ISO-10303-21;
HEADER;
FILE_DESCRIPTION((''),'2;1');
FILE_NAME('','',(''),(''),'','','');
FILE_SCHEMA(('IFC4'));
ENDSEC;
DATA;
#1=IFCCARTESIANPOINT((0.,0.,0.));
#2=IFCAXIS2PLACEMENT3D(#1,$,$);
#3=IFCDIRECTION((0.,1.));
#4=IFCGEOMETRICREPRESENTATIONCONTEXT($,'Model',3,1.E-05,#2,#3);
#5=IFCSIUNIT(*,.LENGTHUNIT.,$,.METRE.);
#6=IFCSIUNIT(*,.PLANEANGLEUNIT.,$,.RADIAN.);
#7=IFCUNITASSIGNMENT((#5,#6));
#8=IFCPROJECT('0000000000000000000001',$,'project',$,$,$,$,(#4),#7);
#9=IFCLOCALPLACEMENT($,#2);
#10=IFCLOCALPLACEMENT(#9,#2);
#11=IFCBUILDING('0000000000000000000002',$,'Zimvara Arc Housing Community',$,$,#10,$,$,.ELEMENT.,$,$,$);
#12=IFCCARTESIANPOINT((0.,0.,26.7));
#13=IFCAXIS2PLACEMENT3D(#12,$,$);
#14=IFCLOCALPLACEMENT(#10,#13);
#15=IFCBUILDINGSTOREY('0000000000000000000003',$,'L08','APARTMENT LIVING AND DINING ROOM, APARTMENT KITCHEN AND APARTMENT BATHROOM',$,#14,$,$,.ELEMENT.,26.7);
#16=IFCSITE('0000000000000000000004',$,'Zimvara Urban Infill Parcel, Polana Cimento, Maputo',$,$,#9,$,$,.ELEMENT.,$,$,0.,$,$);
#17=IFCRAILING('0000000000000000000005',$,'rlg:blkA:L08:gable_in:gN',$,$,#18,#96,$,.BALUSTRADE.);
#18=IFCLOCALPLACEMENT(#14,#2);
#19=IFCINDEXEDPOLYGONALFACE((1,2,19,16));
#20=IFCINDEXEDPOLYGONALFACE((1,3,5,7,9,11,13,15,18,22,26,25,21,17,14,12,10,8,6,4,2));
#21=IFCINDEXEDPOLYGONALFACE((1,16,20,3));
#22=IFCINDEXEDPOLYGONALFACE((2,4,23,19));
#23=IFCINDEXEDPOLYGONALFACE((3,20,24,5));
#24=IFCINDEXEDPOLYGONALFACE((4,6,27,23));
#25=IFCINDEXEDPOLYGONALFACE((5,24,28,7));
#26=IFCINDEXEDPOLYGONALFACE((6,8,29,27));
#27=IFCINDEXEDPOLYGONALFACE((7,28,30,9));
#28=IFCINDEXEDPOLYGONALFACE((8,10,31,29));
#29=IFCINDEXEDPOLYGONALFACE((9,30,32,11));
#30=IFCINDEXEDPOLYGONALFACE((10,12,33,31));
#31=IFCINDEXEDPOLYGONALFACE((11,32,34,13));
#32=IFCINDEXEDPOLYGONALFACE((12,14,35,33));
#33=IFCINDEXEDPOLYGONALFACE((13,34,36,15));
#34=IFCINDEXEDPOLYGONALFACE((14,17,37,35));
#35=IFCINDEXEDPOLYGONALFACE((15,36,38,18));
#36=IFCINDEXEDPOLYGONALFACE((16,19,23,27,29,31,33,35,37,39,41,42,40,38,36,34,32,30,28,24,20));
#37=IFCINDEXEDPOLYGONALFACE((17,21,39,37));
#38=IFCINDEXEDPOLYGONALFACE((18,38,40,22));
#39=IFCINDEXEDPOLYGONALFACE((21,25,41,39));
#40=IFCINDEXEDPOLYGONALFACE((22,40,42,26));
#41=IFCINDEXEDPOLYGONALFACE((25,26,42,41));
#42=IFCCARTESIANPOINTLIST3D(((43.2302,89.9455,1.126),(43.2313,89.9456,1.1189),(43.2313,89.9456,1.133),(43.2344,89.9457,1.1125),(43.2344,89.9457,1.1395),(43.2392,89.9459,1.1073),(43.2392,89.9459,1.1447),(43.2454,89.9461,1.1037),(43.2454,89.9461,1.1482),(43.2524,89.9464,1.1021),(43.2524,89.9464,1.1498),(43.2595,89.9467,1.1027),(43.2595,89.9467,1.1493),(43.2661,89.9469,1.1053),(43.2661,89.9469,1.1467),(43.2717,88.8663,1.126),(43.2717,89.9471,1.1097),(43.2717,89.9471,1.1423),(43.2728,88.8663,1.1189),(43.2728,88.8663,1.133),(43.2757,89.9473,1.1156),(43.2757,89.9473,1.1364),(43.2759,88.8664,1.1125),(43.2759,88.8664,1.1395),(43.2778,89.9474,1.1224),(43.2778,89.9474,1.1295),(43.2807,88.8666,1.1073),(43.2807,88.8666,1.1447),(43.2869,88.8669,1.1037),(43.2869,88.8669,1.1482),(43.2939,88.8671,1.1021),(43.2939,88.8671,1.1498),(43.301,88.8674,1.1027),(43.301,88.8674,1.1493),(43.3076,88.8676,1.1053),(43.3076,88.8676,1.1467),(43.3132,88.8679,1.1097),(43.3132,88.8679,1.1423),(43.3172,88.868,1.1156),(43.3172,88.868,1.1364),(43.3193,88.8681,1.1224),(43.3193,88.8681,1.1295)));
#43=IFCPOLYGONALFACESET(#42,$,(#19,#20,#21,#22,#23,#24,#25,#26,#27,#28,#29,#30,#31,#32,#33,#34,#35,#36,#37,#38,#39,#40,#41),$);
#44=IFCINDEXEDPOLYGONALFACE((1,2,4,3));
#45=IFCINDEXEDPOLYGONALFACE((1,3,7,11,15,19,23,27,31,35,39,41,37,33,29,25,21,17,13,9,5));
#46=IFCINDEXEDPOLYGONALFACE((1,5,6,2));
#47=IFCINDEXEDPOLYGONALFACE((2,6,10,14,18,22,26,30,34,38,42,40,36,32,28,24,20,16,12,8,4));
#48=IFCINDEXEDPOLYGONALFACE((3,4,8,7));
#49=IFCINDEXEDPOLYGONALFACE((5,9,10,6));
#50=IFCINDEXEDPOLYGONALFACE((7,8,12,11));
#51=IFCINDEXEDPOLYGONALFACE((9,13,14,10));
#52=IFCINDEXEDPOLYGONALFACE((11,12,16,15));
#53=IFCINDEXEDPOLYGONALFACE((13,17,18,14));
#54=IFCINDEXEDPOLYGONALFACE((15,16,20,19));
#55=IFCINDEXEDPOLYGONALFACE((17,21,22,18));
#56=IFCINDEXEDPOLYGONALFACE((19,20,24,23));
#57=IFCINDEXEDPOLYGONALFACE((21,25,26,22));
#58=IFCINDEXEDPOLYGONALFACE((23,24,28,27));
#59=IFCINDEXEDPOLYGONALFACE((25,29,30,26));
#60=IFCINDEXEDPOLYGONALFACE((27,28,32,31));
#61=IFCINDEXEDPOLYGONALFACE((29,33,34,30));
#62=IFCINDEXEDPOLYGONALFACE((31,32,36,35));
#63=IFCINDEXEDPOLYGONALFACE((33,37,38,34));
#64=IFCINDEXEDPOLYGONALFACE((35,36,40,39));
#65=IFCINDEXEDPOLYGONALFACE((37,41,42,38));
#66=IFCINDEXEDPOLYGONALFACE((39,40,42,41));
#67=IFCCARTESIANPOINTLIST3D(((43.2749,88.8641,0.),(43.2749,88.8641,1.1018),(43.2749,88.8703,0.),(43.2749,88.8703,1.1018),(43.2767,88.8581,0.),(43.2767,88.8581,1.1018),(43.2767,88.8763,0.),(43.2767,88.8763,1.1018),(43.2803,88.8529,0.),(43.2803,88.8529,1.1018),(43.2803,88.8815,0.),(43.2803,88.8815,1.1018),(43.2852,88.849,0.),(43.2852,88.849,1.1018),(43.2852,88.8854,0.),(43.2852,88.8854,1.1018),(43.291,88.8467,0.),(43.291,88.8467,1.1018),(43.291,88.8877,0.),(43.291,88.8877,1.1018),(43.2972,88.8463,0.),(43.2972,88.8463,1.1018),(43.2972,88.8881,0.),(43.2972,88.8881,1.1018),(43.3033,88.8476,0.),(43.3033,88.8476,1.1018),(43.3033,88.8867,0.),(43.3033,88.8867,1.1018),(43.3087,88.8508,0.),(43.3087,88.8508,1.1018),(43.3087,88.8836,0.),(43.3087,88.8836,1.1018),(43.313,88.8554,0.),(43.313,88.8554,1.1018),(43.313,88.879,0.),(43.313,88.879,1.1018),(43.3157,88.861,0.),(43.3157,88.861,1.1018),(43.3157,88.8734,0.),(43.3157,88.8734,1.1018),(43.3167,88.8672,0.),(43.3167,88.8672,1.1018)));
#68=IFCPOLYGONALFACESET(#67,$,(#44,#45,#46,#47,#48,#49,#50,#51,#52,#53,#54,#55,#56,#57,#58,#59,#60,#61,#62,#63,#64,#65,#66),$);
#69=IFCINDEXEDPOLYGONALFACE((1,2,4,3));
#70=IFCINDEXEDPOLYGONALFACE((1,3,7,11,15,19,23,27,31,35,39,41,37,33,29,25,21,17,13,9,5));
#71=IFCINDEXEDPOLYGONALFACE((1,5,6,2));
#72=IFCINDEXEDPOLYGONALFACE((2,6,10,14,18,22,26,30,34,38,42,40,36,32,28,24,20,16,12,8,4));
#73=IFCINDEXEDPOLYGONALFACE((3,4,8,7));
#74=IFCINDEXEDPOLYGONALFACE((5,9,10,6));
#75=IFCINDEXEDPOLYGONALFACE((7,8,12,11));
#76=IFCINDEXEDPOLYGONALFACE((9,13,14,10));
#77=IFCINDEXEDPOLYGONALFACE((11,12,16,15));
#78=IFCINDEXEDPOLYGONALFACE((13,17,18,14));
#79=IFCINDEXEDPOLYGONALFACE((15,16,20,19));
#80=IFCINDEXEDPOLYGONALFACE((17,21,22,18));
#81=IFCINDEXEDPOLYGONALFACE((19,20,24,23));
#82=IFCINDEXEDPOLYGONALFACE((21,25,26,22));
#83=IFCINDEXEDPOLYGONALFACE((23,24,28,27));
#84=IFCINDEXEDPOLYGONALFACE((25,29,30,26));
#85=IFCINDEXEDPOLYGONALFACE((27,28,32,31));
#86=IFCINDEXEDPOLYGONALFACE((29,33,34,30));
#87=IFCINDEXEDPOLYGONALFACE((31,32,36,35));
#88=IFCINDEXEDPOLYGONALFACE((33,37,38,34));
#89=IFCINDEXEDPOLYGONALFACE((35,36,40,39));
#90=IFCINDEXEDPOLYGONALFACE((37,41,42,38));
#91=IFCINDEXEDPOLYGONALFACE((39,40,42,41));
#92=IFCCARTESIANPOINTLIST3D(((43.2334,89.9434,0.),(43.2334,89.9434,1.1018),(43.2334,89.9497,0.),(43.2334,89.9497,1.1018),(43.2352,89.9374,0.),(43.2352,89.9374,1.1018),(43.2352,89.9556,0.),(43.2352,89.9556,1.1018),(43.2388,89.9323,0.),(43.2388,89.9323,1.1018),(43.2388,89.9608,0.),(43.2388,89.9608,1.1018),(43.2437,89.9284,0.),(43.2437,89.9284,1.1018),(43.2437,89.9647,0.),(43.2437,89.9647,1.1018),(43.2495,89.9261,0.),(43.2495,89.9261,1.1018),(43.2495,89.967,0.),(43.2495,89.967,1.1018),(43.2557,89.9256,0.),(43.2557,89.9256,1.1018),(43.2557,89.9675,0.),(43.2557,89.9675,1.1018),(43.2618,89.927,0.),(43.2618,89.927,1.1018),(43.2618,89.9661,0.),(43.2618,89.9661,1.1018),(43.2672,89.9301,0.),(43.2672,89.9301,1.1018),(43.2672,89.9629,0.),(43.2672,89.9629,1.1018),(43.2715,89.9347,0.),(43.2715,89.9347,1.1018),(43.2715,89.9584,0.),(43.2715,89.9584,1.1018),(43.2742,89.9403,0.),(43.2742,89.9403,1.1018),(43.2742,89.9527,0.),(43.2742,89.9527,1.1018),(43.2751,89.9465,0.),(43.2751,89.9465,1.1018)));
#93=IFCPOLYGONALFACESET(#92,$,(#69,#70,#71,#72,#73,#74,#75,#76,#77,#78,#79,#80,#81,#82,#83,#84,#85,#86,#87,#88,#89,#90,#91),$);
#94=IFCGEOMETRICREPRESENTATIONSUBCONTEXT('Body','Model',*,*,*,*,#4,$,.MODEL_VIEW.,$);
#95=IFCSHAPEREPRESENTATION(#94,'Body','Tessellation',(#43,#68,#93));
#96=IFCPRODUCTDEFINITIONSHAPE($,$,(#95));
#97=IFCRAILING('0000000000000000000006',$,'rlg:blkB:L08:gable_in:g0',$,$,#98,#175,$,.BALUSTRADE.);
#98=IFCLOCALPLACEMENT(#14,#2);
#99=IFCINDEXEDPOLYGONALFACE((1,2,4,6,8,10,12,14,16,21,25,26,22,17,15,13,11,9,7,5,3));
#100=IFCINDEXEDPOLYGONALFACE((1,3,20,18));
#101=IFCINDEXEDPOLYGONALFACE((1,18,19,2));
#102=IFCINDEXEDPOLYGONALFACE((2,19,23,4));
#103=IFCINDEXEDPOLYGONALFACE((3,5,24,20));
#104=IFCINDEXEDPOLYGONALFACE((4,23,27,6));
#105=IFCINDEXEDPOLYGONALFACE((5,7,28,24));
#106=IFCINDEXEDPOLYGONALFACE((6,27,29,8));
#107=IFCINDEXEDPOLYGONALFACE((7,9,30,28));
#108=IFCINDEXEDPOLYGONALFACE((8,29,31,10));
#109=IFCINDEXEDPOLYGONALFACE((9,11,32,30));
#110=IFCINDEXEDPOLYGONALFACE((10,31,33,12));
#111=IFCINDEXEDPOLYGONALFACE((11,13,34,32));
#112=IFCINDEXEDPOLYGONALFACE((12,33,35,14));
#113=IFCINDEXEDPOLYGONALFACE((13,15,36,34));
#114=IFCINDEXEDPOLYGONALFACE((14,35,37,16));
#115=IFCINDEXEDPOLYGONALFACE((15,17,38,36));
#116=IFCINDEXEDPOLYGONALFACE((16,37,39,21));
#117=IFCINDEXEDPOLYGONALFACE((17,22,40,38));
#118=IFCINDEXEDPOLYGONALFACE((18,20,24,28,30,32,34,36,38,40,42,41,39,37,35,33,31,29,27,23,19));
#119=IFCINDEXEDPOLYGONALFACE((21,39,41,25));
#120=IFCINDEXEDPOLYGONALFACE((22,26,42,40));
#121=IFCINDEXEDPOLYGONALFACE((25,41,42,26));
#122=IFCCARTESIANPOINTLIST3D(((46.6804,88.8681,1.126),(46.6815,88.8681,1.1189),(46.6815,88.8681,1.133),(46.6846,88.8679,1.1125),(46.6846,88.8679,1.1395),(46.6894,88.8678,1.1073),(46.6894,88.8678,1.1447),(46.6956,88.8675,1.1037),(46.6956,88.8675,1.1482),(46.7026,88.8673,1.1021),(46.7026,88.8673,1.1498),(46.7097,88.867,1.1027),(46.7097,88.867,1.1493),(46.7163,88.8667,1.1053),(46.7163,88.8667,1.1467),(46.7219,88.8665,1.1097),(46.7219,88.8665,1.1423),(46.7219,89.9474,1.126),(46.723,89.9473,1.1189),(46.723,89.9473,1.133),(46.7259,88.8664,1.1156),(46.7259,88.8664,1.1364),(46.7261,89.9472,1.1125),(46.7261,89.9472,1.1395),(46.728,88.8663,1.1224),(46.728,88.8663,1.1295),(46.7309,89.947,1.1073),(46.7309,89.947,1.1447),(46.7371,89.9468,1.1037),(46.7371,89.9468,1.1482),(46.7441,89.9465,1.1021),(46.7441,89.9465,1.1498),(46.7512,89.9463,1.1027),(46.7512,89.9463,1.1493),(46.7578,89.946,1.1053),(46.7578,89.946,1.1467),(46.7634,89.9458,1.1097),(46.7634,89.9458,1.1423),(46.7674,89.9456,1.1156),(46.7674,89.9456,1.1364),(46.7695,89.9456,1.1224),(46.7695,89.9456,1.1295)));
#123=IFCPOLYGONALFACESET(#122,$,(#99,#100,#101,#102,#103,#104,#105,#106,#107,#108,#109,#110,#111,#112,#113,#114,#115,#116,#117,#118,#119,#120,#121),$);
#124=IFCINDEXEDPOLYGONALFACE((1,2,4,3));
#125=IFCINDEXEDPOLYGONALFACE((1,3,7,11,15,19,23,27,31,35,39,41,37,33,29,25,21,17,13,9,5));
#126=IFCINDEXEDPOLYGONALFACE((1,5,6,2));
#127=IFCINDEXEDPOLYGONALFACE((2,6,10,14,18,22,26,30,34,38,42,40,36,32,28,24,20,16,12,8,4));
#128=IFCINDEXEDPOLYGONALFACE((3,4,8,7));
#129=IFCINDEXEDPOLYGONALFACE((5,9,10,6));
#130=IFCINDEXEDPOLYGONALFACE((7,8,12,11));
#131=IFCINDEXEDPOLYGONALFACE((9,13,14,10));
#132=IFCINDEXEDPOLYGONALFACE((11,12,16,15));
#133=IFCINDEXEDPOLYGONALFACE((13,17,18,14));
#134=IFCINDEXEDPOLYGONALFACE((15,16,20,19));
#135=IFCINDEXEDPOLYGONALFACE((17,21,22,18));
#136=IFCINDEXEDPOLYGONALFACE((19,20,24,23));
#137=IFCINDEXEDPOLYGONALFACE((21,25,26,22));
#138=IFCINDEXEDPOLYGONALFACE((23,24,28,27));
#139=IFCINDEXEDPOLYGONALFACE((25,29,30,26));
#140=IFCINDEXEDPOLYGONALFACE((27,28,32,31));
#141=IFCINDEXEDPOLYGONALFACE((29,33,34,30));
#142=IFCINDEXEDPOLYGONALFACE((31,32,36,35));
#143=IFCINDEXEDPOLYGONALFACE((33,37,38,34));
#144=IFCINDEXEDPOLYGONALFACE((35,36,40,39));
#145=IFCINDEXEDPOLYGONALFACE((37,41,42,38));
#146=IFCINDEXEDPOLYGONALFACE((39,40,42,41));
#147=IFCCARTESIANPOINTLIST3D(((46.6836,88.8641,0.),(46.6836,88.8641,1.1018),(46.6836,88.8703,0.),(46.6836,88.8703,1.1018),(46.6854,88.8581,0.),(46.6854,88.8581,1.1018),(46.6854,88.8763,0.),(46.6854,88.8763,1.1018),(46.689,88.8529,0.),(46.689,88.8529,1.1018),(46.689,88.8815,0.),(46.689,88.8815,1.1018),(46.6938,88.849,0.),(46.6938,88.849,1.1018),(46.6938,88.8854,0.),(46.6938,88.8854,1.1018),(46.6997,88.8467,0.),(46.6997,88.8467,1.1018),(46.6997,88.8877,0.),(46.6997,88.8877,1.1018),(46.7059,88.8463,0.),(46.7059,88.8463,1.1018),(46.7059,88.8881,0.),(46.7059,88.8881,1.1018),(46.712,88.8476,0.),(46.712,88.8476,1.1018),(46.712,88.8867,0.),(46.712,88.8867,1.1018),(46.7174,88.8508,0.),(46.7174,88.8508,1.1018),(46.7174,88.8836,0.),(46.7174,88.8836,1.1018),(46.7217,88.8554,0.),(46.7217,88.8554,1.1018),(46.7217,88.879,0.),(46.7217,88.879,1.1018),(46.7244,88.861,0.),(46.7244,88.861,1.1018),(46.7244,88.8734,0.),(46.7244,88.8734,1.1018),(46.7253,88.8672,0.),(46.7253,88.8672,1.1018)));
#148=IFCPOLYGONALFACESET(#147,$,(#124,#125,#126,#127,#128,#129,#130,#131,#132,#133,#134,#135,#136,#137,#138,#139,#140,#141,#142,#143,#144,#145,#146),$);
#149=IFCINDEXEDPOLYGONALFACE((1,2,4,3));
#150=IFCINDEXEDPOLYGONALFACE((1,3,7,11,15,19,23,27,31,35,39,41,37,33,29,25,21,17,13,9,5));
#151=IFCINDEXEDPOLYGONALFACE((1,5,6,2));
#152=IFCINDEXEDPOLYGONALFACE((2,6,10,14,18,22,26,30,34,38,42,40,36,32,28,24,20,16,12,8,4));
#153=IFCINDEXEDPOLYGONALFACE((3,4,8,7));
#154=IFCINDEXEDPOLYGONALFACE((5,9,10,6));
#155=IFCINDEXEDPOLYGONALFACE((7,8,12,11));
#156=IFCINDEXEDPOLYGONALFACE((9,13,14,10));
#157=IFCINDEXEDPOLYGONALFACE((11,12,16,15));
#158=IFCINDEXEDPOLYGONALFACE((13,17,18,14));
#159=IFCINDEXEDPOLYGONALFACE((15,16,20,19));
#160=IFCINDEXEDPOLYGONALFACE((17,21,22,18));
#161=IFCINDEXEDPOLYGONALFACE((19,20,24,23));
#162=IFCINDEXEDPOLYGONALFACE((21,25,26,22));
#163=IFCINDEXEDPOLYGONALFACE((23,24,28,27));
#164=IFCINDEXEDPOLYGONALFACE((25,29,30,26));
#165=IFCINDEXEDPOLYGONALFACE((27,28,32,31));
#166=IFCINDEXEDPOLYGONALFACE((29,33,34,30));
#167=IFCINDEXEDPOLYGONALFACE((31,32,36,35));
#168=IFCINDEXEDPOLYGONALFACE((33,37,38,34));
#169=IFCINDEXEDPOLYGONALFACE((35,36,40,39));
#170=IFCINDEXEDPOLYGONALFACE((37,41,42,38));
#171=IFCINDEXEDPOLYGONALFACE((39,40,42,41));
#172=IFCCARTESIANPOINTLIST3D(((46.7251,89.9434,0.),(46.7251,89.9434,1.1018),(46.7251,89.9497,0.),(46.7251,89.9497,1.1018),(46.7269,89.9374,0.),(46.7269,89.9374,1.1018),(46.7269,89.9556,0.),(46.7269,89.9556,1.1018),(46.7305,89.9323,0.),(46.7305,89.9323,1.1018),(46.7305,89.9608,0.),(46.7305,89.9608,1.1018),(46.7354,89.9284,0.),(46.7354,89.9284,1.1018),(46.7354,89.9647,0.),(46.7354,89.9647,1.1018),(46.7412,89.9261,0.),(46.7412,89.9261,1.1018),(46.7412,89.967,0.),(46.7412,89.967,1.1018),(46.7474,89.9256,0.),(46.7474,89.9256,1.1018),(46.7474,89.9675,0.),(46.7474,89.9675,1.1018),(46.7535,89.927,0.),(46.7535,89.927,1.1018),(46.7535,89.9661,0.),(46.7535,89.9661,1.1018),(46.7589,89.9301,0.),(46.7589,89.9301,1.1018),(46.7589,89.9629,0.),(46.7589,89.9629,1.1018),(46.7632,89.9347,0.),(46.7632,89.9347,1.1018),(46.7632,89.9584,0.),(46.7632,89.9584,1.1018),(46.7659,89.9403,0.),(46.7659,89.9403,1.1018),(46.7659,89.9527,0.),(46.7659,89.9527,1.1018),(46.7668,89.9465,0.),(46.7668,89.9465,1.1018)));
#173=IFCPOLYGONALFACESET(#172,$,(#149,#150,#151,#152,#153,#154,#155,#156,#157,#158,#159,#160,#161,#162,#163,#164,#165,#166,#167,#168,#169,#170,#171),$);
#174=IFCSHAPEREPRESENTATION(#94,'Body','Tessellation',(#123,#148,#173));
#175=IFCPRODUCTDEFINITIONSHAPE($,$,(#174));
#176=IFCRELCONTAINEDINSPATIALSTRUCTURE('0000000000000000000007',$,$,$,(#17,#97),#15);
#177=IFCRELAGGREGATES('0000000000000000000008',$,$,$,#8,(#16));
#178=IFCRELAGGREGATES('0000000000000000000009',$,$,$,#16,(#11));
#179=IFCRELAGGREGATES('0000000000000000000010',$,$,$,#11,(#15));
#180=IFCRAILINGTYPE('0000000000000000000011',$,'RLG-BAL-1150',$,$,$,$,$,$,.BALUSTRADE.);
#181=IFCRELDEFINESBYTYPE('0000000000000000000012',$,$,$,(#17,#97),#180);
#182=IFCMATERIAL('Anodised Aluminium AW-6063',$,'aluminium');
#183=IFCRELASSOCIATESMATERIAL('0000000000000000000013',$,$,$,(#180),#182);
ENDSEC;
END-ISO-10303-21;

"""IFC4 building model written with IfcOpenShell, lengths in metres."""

from ifc_helpers import new_model, si_unit, direction, frame, origin, origin_2d, place, context, subcontext, project, spatial, circle, extrude, material, type_object, element, save


model = new_model("IFC4")

# Units and contexts
model_context = context("Model", 3, precision=1e-05, world=origin(), true_north=direction((0.0, 1.0)))
body_context = subcontext(model_context, "Body", "Model", "MODEL_VIEW")
ifc_project = project(units=[si_unit("LENGTHUNIT", "METRE"), si_unit("PLANEANGLEUNIT", "RADIAN")], contexts=[model_context])

# Site, building, storey
site_placement = place(None, origin())
site = spatial("IfcSite", under=ifc_project, at=site_placement, Name="Zimvara Urban Infill Parcel, Polana Cimento, Maputo", CompositionType="ELEMENT", RefElevation=0.0)
building_placement = place(site_placement, origin())
building = spatial("IfcBuilding", under=site, at=building_placement, Name="Zimvara Arc Housing Community", CompositionType="ELEMENT")
storey_placement = place(building_placement, frame((0.0, 0.0, 26.7)))
storey = spatial("IfcBuildingStorey", under=building, at=storey_placement, Name="L08", Description="APARTMENT LIVING AND DINING ROOM, APARTMENT KITCHEN AND APARTMENT BATHROOM", CompositionType="ELEMENT", Elevation=26.7)

# Railings
ifc_material_1 = material(Name="Anodised Aluminium AW-6063", Category="aluminium")
railing_type = type_object("IfcRailingType", Name="RLG-BAL-1150", PredefinedType="BALUSTRADE", material=ifc_material_1)
railing_1_placement = place(storey_placement, frame((43.2957, 88.8672, 0.0)))
element("IfcRailing", 1, at=railing_1_placement, inside=storey, type_object=railing_type, Name="rlg:blkA:L08:gable_in:gN", PredefinedType="BALUSTRADE", context=body_context, shape_type="SweptSolid", body=[
    extrude(circle(Radius=0.0239, at=origin_2d()), frame((0.0, 0.0, 1.126), z_axis=(-0.038424, 0.999262, 0.0), x_axis=(-0.999262, -0.038424, 0.0)), (0.0, 0.0, 1.0), 1.0801),
    extrude(circle(Radius=0.021, at=origin_2d()), origin(), (0.0, 0.0, 1.0), 1.1018),
    extrude(circle(Radius=0.021, at=origin_2d()), frame((-0.0415, 1.0793, 0.0)), (0.0, 0.0, 1.0), 1.1018),
])
railing_2_placement = place(storey_placement, frame((46.7043, 88.8672, 0.0)))
element("IfcRailing", 2, at=railing_2_placement, inside=storey, type_object=railing_type, Name="rlg:blkB:L08:gable_in:g0", PredefinedType="BALUSTRADE", context=body_context, shape_type="SweptSolid", body=[
    extrude(circle(Radius=0.0239, at=origin_2d()), frame((0.0, 0.0, 1.126), z_axis=(0.038424, 0.999262, 0.0), x_axis=(-0.999262, 0.038424, 0.0)), (0.0, 0.0, 1.0), 1.0801),
    extrude(circle(Radius=0.021, at=origin_2d()), origin(), (0.0, 0.0, 1.0), 1.1018),
    extrude(circle(Radius=0.021, at=origin_2d()), frame((0.0415, 1.0793, 0.0)), (0.0, 0.0, 1.0), 1.1018),
])

save(model, "model.ifc")
